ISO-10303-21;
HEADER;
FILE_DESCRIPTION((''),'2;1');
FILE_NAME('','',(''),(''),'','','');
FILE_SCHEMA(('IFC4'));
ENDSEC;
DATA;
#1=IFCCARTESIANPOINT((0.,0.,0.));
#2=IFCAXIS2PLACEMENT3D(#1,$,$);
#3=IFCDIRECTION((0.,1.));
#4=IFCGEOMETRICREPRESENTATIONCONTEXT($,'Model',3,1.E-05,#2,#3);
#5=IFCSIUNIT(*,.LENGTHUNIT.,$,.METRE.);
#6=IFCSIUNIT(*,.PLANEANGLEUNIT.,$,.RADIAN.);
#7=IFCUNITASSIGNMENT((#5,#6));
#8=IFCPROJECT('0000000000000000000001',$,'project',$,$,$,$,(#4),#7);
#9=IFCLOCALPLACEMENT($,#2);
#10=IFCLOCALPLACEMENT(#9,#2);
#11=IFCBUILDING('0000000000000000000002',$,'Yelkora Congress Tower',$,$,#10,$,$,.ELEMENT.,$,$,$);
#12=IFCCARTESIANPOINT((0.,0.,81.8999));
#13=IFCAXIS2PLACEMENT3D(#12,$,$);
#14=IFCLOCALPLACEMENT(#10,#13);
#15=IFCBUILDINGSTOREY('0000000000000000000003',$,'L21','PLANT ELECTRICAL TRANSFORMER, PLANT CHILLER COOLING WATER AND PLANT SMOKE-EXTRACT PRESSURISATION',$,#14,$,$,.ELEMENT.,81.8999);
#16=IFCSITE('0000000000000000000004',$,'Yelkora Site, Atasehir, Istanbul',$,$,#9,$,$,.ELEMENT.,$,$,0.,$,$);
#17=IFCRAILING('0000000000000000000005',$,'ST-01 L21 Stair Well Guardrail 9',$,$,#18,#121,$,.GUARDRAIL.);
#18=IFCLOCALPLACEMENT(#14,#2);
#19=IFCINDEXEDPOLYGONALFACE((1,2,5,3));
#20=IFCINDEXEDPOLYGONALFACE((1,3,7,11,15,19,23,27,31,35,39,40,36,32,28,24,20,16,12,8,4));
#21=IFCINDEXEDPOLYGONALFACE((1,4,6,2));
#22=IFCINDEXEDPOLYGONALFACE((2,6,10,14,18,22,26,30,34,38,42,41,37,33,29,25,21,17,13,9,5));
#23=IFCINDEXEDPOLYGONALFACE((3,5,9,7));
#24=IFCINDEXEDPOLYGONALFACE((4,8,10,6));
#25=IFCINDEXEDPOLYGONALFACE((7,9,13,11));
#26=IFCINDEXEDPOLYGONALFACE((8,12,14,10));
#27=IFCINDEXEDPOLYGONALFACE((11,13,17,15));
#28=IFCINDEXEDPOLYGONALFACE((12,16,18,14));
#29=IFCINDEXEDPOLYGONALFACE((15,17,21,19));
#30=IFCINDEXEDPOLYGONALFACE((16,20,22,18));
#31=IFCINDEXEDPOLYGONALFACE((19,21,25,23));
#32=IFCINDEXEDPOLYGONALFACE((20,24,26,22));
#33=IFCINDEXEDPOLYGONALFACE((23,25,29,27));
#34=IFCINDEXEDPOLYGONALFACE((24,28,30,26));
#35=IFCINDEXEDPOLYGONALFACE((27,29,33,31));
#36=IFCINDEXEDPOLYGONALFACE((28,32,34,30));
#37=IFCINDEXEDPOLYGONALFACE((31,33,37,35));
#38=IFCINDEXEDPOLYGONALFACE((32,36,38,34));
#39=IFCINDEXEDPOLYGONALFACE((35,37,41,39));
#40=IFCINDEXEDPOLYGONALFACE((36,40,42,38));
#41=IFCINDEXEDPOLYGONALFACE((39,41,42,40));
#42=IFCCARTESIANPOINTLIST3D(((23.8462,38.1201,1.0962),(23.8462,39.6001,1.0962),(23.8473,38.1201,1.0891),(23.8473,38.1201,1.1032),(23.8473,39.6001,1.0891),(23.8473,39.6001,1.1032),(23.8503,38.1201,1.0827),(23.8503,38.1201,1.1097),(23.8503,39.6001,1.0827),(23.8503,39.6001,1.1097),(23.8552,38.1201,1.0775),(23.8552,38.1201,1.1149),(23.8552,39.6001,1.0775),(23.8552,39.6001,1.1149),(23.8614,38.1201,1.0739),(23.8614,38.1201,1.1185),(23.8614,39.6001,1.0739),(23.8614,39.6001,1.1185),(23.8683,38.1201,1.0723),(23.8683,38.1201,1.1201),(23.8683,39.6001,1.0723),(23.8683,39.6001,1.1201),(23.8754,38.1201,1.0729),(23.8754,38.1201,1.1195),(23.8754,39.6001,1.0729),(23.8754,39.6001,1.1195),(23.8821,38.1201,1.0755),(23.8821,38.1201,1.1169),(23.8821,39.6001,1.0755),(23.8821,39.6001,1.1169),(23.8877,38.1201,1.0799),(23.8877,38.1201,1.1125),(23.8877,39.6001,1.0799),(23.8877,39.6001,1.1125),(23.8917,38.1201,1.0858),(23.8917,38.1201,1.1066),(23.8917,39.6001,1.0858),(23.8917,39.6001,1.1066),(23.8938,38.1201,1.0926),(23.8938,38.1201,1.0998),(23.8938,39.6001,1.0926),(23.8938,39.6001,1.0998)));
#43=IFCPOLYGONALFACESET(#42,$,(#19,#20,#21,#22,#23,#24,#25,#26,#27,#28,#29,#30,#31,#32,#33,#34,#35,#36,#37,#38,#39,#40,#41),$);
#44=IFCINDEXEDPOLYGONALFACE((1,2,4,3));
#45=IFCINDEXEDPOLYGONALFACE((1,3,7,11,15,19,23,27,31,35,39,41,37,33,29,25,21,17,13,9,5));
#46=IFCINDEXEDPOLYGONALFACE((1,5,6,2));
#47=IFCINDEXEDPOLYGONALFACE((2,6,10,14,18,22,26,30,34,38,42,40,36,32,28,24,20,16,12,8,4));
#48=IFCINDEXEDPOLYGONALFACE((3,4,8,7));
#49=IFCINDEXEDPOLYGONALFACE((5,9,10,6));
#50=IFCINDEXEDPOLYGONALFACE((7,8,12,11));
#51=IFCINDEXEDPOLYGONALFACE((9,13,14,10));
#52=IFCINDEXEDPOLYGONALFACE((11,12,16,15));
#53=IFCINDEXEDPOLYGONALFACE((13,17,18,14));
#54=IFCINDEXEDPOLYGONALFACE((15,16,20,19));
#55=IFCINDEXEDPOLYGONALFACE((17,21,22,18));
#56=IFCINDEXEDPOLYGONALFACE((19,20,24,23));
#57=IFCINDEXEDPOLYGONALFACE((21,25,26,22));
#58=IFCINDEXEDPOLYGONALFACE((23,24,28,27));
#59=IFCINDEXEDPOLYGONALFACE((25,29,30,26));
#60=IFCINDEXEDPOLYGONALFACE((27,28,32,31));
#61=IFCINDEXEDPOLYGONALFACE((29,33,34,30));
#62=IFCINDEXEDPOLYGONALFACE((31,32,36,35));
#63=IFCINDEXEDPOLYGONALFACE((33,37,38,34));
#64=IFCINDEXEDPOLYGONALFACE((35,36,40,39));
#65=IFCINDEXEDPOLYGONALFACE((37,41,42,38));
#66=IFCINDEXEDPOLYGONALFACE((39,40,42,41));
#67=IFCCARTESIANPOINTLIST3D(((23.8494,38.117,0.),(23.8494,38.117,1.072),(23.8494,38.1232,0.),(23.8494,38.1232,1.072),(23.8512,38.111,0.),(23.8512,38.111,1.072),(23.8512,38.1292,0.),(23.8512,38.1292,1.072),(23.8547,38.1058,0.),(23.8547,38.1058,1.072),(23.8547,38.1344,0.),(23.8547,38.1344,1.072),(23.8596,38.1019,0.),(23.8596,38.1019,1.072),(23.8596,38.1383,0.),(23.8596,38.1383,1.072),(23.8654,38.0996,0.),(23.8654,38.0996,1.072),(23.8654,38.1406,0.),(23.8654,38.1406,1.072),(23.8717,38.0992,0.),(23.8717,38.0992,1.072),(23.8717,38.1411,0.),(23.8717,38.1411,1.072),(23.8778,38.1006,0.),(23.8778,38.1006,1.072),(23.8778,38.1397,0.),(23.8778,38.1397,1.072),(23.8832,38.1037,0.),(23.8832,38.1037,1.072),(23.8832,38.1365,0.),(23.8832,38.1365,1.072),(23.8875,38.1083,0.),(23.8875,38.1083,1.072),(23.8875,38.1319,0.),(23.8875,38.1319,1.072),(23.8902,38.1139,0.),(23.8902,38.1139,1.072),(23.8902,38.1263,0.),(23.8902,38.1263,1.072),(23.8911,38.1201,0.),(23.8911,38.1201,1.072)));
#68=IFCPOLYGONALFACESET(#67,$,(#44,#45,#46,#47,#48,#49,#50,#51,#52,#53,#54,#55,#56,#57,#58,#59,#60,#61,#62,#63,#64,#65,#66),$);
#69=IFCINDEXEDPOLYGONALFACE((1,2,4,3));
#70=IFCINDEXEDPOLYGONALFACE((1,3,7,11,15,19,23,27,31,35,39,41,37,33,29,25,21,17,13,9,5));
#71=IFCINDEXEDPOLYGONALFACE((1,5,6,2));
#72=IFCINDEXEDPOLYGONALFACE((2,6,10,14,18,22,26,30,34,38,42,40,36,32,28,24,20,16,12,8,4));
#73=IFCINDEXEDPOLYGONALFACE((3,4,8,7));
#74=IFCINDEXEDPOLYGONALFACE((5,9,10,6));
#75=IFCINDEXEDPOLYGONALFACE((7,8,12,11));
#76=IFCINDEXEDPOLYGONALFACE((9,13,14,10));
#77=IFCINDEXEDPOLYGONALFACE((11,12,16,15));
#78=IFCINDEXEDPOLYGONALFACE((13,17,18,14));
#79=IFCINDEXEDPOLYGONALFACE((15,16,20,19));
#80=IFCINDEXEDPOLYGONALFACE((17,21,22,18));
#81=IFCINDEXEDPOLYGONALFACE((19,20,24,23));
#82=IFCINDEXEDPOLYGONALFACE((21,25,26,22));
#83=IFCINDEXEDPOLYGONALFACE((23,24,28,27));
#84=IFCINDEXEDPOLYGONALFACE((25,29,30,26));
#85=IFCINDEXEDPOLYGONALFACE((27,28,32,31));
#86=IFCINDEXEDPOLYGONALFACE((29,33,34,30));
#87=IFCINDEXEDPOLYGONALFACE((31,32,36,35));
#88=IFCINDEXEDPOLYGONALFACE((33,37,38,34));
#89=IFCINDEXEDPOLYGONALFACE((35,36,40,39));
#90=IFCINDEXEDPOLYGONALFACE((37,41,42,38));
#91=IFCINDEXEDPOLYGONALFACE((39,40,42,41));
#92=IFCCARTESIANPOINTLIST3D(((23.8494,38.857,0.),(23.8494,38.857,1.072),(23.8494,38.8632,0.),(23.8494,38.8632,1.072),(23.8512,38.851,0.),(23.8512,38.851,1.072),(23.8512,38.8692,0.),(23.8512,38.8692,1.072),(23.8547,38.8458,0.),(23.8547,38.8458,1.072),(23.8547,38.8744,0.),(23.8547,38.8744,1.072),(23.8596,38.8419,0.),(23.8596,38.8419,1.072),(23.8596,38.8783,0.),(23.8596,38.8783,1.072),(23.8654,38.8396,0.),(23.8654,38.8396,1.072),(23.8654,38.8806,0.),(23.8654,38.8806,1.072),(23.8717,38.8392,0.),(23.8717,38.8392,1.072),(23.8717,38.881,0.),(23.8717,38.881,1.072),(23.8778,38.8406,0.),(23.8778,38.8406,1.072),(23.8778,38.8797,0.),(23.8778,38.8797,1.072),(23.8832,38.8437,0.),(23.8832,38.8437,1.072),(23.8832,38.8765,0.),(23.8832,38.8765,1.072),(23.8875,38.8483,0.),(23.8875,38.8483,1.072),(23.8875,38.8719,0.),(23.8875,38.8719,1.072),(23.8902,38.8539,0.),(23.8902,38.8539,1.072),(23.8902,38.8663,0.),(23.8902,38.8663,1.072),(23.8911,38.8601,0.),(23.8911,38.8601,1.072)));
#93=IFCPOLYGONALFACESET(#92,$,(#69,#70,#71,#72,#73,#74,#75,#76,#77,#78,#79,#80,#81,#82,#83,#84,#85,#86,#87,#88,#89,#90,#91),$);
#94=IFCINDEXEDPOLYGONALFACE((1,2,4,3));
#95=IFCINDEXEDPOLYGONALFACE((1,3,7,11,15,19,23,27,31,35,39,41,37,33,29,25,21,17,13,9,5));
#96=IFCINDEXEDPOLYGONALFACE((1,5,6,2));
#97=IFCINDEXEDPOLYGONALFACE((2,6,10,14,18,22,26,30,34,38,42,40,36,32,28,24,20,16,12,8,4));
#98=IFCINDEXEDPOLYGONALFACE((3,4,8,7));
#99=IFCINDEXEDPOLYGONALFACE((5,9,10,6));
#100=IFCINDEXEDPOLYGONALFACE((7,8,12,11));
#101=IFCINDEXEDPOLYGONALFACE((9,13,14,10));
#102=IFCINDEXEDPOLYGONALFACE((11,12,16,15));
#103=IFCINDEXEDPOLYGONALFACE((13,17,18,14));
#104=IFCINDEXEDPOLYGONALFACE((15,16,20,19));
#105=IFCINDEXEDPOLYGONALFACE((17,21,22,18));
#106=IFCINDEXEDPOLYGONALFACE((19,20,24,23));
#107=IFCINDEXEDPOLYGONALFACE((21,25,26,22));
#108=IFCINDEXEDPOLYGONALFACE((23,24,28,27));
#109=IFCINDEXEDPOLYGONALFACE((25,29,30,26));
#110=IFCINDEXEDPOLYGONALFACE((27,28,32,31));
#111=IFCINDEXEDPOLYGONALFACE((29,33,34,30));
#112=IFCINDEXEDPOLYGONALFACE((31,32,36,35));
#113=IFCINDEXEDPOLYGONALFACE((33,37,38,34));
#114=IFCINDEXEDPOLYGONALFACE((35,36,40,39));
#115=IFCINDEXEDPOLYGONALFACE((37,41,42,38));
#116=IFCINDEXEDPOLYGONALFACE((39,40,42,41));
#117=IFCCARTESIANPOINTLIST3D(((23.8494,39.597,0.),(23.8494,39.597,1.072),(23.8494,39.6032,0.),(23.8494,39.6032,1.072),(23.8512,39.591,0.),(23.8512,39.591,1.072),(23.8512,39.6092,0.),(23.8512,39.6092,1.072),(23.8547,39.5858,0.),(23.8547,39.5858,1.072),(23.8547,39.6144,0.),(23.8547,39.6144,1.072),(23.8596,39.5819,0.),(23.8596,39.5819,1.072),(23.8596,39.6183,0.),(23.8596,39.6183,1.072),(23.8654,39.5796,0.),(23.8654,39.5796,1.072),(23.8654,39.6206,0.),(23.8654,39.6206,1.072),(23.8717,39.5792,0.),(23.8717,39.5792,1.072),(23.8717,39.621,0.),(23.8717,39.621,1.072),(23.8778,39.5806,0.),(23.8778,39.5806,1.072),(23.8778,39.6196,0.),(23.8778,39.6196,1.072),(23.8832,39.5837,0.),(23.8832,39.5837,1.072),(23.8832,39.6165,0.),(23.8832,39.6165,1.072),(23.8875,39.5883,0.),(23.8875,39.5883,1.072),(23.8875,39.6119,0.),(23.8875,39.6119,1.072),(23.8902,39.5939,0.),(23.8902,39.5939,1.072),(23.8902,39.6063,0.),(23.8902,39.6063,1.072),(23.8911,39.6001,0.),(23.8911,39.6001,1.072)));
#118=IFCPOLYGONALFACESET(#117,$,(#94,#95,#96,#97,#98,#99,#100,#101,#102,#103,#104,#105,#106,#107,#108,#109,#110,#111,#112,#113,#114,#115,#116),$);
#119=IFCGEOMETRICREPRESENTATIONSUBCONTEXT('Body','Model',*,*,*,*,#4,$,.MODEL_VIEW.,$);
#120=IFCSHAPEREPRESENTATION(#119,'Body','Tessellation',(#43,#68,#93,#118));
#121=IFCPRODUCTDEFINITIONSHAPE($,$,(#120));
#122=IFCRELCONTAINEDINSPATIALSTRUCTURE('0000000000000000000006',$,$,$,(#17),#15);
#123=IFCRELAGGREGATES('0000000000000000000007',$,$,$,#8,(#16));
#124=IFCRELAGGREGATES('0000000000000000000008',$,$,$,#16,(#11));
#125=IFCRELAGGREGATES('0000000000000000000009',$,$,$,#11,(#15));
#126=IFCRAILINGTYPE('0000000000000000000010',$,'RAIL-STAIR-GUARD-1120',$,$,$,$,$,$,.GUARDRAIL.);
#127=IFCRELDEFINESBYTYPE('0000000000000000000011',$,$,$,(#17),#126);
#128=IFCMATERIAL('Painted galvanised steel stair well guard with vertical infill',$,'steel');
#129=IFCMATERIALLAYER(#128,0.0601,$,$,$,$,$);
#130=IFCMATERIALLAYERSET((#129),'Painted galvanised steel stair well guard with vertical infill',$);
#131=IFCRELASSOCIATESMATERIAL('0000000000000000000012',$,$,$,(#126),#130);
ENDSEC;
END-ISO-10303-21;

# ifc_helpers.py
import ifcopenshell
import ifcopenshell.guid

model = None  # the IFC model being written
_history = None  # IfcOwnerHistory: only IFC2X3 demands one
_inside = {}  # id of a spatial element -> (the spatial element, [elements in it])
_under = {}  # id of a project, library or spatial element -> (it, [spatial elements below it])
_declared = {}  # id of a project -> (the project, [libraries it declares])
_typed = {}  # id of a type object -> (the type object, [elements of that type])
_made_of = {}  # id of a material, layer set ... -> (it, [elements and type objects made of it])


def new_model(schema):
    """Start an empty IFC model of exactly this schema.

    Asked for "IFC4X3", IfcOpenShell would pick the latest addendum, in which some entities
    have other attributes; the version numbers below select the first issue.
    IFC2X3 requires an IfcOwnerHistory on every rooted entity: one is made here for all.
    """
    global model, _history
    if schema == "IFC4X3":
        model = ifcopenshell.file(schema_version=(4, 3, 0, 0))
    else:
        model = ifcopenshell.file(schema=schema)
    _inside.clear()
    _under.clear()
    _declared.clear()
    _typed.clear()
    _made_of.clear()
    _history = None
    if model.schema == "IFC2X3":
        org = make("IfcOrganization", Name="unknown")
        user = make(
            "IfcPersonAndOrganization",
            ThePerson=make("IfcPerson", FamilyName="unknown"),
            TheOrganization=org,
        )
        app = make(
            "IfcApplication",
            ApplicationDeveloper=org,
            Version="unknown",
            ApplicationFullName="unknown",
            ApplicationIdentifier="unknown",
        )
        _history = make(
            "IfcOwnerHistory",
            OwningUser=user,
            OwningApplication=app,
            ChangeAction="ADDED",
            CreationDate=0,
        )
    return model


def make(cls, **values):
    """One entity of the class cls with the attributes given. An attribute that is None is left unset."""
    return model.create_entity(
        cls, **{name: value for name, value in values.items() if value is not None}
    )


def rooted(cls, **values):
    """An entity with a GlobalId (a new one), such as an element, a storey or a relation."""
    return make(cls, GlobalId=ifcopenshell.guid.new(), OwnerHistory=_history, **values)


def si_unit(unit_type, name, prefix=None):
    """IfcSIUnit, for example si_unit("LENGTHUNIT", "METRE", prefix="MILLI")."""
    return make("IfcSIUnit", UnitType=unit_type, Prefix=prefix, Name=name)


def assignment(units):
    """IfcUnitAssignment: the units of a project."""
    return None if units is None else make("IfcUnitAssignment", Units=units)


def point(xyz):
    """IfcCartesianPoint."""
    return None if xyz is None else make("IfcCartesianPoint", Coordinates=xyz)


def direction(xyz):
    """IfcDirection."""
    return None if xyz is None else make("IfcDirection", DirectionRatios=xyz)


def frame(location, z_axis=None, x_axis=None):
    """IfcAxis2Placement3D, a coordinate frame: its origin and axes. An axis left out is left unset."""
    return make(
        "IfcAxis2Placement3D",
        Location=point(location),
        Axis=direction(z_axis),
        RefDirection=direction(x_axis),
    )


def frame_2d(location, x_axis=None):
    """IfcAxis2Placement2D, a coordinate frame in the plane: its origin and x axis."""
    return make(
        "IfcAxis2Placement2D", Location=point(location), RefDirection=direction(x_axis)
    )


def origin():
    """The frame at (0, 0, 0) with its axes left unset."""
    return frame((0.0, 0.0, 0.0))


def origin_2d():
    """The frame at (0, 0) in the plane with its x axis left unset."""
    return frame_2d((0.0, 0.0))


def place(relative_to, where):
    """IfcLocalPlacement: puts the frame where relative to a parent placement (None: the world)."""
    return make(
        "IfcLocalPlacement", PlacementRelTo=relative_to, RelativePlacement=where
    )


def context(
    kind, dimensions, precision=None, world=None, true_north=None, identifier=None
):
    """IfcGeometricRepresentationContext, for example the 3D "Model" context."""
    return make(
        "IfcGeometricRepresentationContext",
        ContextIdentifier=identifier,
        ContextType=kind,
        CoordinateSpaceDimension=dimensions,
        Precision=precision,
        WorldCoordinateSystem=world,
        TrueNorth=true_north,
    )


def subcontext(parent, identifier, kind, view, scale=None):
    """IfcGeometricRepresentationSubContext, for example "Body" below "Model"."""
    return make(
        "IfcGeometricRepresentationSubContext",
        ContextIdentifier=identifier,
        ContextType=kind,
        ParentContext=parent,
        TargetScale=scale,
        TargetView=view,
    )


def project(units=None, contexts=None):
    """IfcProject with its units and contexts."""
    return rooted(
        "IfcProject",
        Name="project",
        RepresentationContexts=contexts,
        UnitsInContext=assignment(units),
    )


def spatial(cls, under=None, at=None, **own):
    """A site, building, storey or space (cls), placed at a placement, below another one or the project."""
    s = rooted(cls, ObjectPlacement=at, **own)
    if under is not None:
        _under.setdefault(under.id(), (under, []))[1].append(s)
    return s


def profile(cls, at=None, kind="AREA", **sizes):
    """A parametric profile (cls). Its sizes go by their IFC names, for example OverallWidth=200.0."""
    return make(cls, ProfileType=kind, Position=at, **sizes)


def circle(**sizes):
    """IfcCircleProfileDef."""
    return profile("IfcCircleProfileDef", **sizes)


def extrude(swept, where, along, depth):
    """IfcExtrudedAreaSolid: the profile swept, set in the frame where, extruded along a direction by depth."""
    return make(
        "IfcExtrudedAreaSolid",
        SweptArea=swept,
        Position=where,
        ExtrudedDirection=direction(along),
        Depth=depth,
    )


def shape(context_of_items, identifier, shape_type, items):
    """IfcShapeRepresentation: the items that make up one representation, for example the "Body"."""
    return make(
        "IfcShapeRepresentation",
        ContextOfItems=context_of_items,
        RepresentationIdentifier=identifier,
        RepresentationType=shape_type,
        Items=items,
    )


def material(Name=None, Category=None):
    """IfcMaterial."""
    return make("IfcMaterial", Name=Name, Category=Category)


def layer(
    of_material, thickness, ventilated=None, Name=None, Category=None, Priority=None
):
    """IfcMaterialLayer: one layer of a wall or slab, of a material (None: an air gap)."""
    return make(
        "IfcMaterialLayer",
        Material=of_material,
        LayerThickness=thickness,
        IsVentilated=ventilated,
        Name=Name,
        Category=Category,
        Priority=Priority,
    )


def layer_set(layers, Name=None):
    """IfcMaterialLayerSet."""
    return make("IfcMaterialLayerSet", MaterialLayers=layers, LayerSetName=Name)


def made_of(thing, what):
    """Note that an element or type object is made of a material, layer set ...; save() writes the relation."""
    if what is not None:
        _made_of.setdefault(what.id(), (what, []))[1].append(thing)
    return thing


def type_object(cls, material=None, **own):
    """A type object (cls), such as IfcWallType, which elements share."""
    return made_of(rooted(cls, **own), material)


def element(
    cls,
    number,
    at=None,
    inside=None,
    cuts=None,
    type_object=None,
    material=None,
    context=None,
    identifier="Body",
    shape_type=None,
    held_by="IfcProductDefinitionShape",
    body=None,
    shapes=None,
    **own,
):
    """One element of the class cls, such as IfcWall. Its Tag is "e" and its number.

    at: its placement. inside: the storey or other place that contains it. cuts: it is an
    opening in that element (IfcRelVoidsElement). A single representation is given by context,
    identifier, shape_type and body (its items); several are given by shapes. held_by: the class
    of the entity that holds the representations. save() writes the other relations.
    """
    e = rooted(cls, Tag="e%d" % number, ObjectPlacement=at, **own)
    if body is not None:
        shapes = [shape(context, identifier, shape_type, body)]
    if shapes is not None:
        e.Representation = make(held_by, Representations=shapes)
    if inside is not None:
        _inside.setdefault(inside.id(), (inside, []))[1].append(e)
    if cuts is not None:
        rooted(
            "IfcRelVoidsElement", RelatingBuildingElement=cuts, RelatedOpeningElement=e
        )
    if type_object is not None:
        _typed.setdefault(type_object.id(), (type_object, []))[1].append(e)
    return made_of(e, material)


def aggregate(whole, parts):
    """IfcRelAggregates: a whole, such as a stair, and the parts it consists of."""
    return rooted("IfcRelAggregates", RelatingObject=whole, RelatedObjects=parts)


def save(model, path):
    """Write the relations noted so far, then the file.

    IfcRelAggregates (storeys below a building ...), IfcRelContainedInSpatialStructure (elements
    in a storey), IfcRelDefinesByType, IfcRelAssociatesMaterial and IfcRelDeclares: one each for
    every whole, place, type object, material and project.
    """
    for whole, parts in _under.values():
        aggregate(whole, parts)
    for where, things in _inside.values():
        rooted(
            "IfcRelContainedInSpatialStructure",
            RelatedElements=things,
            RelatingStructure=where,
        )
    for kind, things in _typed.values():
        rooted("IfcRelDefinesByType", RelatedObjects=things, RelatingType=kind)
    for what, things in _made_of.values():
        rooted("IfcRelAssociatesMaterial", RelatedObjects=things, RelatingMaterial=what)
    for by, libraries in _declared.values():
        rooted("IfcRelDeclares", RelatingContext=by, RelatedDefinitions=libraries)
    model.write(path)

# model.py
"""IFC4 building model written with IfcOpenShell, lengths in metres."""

from ifc_helpers import new_model, si_unit, direction, frame, origin, origin_2d, place, context, subcontext, project, spatial, circle, extrude, material, layer, layer_set, type_object, element, save


model = new_model("IFC4")

# Units and contexts
model_context = context("Model", 3, precision=1e-05, world=origin(), true_north=direction((0.0, 1.0)))
body_context = subcontext(model_context, "Body", "Model", "MODEL_VIEW")
ifc_project = project(units=[si_unit("LENGTHUNIT", "METRE"), si_unit("PLANEANGLEUNIT", "RADIAN")], contexts=[model_context])

# Site, building, storey
site_placement = place(None, origin())
site = spatial("IfcSite", under=ifc_project, at=site_placement, Name="Yelkora Site, Atasehir, Istanbul", CompositionType="ELEMENT", RefElevation=0.0)
building_placement = place(site_placement, origin())
building = spatial("IfcBuilding", under=site, at=building_placement, Name="Yelkora Congress Tower", CompositionType="ELEMENT")
storey_placement = place(building_placement, frame((0.0, 0.0, 81.8999)))
storey = spatial("IfcBuildingStorey", under=building, at=storey_placement, Name="L21", Description="PLANT ELECTRICAL TRANSFORMER, PLANT CHILLER COOLING WATER AND PLANT SMOKE-EXTRACT PRESSURISATION", CompositionType="ELEMENT", Elevation=81.8999)

# Railing
ifc_material_1 = material(Name="Painted galvanised steel stair well guard with vertical infill", Category="steel")
ifc_layer_1 = layer(ifc_material_1, 0.0601)
ifc_layer_set_1 = layer_set([ifc_layer_1], Name="Painted galvanised steel stair well guard with vertical infill")
railing_type_1 = type_object("IfcRailingType", Name="RAIL-STAIR-GUARD-1120", PredefinedType="GUARDRAIL", material=ifc_layer_set_1)
for number, where, name in (
    (1, (23.8701, 38.1201, 0.0), "ST-01 L21 Stair Well Guardrail 9"),
):
    element("IfcRailing", number, at=place(storey_placement, frame(where)), inside=storey, type_object=railing_type_1, Name=name, PredefinedType="GUARDRAIL", context=body_context, shape_type="SweptSolid", body=[
        extrude(circle(Radius=0.0239, at=origin_2d()), frame((0.0, 0.0, 1.0962), z_axis=(0.0, 1.0, 0.0), x_axis=(-1.0, 0.0, 0.0)), (0.0, 0.0, 1.0), 1.48),
        extrude(circle(Radius=0.021, at=origin_2d()), origin(), (0.0, 0.0, 1.0), 1.072),
        extrude(circle(Radius=0.021, at=origin_2d()), frame((0.0, 0.74, 0.0)), (0.0, 0.0, 1.0), 1.072),
        extrude(circle(Radius=0.021, at=origin_2d()), frame((0.0, 1.48, 0.0)), (0.0, 0.0, 1.0), 1.072),
    ])

save(model, "model.ifc")
